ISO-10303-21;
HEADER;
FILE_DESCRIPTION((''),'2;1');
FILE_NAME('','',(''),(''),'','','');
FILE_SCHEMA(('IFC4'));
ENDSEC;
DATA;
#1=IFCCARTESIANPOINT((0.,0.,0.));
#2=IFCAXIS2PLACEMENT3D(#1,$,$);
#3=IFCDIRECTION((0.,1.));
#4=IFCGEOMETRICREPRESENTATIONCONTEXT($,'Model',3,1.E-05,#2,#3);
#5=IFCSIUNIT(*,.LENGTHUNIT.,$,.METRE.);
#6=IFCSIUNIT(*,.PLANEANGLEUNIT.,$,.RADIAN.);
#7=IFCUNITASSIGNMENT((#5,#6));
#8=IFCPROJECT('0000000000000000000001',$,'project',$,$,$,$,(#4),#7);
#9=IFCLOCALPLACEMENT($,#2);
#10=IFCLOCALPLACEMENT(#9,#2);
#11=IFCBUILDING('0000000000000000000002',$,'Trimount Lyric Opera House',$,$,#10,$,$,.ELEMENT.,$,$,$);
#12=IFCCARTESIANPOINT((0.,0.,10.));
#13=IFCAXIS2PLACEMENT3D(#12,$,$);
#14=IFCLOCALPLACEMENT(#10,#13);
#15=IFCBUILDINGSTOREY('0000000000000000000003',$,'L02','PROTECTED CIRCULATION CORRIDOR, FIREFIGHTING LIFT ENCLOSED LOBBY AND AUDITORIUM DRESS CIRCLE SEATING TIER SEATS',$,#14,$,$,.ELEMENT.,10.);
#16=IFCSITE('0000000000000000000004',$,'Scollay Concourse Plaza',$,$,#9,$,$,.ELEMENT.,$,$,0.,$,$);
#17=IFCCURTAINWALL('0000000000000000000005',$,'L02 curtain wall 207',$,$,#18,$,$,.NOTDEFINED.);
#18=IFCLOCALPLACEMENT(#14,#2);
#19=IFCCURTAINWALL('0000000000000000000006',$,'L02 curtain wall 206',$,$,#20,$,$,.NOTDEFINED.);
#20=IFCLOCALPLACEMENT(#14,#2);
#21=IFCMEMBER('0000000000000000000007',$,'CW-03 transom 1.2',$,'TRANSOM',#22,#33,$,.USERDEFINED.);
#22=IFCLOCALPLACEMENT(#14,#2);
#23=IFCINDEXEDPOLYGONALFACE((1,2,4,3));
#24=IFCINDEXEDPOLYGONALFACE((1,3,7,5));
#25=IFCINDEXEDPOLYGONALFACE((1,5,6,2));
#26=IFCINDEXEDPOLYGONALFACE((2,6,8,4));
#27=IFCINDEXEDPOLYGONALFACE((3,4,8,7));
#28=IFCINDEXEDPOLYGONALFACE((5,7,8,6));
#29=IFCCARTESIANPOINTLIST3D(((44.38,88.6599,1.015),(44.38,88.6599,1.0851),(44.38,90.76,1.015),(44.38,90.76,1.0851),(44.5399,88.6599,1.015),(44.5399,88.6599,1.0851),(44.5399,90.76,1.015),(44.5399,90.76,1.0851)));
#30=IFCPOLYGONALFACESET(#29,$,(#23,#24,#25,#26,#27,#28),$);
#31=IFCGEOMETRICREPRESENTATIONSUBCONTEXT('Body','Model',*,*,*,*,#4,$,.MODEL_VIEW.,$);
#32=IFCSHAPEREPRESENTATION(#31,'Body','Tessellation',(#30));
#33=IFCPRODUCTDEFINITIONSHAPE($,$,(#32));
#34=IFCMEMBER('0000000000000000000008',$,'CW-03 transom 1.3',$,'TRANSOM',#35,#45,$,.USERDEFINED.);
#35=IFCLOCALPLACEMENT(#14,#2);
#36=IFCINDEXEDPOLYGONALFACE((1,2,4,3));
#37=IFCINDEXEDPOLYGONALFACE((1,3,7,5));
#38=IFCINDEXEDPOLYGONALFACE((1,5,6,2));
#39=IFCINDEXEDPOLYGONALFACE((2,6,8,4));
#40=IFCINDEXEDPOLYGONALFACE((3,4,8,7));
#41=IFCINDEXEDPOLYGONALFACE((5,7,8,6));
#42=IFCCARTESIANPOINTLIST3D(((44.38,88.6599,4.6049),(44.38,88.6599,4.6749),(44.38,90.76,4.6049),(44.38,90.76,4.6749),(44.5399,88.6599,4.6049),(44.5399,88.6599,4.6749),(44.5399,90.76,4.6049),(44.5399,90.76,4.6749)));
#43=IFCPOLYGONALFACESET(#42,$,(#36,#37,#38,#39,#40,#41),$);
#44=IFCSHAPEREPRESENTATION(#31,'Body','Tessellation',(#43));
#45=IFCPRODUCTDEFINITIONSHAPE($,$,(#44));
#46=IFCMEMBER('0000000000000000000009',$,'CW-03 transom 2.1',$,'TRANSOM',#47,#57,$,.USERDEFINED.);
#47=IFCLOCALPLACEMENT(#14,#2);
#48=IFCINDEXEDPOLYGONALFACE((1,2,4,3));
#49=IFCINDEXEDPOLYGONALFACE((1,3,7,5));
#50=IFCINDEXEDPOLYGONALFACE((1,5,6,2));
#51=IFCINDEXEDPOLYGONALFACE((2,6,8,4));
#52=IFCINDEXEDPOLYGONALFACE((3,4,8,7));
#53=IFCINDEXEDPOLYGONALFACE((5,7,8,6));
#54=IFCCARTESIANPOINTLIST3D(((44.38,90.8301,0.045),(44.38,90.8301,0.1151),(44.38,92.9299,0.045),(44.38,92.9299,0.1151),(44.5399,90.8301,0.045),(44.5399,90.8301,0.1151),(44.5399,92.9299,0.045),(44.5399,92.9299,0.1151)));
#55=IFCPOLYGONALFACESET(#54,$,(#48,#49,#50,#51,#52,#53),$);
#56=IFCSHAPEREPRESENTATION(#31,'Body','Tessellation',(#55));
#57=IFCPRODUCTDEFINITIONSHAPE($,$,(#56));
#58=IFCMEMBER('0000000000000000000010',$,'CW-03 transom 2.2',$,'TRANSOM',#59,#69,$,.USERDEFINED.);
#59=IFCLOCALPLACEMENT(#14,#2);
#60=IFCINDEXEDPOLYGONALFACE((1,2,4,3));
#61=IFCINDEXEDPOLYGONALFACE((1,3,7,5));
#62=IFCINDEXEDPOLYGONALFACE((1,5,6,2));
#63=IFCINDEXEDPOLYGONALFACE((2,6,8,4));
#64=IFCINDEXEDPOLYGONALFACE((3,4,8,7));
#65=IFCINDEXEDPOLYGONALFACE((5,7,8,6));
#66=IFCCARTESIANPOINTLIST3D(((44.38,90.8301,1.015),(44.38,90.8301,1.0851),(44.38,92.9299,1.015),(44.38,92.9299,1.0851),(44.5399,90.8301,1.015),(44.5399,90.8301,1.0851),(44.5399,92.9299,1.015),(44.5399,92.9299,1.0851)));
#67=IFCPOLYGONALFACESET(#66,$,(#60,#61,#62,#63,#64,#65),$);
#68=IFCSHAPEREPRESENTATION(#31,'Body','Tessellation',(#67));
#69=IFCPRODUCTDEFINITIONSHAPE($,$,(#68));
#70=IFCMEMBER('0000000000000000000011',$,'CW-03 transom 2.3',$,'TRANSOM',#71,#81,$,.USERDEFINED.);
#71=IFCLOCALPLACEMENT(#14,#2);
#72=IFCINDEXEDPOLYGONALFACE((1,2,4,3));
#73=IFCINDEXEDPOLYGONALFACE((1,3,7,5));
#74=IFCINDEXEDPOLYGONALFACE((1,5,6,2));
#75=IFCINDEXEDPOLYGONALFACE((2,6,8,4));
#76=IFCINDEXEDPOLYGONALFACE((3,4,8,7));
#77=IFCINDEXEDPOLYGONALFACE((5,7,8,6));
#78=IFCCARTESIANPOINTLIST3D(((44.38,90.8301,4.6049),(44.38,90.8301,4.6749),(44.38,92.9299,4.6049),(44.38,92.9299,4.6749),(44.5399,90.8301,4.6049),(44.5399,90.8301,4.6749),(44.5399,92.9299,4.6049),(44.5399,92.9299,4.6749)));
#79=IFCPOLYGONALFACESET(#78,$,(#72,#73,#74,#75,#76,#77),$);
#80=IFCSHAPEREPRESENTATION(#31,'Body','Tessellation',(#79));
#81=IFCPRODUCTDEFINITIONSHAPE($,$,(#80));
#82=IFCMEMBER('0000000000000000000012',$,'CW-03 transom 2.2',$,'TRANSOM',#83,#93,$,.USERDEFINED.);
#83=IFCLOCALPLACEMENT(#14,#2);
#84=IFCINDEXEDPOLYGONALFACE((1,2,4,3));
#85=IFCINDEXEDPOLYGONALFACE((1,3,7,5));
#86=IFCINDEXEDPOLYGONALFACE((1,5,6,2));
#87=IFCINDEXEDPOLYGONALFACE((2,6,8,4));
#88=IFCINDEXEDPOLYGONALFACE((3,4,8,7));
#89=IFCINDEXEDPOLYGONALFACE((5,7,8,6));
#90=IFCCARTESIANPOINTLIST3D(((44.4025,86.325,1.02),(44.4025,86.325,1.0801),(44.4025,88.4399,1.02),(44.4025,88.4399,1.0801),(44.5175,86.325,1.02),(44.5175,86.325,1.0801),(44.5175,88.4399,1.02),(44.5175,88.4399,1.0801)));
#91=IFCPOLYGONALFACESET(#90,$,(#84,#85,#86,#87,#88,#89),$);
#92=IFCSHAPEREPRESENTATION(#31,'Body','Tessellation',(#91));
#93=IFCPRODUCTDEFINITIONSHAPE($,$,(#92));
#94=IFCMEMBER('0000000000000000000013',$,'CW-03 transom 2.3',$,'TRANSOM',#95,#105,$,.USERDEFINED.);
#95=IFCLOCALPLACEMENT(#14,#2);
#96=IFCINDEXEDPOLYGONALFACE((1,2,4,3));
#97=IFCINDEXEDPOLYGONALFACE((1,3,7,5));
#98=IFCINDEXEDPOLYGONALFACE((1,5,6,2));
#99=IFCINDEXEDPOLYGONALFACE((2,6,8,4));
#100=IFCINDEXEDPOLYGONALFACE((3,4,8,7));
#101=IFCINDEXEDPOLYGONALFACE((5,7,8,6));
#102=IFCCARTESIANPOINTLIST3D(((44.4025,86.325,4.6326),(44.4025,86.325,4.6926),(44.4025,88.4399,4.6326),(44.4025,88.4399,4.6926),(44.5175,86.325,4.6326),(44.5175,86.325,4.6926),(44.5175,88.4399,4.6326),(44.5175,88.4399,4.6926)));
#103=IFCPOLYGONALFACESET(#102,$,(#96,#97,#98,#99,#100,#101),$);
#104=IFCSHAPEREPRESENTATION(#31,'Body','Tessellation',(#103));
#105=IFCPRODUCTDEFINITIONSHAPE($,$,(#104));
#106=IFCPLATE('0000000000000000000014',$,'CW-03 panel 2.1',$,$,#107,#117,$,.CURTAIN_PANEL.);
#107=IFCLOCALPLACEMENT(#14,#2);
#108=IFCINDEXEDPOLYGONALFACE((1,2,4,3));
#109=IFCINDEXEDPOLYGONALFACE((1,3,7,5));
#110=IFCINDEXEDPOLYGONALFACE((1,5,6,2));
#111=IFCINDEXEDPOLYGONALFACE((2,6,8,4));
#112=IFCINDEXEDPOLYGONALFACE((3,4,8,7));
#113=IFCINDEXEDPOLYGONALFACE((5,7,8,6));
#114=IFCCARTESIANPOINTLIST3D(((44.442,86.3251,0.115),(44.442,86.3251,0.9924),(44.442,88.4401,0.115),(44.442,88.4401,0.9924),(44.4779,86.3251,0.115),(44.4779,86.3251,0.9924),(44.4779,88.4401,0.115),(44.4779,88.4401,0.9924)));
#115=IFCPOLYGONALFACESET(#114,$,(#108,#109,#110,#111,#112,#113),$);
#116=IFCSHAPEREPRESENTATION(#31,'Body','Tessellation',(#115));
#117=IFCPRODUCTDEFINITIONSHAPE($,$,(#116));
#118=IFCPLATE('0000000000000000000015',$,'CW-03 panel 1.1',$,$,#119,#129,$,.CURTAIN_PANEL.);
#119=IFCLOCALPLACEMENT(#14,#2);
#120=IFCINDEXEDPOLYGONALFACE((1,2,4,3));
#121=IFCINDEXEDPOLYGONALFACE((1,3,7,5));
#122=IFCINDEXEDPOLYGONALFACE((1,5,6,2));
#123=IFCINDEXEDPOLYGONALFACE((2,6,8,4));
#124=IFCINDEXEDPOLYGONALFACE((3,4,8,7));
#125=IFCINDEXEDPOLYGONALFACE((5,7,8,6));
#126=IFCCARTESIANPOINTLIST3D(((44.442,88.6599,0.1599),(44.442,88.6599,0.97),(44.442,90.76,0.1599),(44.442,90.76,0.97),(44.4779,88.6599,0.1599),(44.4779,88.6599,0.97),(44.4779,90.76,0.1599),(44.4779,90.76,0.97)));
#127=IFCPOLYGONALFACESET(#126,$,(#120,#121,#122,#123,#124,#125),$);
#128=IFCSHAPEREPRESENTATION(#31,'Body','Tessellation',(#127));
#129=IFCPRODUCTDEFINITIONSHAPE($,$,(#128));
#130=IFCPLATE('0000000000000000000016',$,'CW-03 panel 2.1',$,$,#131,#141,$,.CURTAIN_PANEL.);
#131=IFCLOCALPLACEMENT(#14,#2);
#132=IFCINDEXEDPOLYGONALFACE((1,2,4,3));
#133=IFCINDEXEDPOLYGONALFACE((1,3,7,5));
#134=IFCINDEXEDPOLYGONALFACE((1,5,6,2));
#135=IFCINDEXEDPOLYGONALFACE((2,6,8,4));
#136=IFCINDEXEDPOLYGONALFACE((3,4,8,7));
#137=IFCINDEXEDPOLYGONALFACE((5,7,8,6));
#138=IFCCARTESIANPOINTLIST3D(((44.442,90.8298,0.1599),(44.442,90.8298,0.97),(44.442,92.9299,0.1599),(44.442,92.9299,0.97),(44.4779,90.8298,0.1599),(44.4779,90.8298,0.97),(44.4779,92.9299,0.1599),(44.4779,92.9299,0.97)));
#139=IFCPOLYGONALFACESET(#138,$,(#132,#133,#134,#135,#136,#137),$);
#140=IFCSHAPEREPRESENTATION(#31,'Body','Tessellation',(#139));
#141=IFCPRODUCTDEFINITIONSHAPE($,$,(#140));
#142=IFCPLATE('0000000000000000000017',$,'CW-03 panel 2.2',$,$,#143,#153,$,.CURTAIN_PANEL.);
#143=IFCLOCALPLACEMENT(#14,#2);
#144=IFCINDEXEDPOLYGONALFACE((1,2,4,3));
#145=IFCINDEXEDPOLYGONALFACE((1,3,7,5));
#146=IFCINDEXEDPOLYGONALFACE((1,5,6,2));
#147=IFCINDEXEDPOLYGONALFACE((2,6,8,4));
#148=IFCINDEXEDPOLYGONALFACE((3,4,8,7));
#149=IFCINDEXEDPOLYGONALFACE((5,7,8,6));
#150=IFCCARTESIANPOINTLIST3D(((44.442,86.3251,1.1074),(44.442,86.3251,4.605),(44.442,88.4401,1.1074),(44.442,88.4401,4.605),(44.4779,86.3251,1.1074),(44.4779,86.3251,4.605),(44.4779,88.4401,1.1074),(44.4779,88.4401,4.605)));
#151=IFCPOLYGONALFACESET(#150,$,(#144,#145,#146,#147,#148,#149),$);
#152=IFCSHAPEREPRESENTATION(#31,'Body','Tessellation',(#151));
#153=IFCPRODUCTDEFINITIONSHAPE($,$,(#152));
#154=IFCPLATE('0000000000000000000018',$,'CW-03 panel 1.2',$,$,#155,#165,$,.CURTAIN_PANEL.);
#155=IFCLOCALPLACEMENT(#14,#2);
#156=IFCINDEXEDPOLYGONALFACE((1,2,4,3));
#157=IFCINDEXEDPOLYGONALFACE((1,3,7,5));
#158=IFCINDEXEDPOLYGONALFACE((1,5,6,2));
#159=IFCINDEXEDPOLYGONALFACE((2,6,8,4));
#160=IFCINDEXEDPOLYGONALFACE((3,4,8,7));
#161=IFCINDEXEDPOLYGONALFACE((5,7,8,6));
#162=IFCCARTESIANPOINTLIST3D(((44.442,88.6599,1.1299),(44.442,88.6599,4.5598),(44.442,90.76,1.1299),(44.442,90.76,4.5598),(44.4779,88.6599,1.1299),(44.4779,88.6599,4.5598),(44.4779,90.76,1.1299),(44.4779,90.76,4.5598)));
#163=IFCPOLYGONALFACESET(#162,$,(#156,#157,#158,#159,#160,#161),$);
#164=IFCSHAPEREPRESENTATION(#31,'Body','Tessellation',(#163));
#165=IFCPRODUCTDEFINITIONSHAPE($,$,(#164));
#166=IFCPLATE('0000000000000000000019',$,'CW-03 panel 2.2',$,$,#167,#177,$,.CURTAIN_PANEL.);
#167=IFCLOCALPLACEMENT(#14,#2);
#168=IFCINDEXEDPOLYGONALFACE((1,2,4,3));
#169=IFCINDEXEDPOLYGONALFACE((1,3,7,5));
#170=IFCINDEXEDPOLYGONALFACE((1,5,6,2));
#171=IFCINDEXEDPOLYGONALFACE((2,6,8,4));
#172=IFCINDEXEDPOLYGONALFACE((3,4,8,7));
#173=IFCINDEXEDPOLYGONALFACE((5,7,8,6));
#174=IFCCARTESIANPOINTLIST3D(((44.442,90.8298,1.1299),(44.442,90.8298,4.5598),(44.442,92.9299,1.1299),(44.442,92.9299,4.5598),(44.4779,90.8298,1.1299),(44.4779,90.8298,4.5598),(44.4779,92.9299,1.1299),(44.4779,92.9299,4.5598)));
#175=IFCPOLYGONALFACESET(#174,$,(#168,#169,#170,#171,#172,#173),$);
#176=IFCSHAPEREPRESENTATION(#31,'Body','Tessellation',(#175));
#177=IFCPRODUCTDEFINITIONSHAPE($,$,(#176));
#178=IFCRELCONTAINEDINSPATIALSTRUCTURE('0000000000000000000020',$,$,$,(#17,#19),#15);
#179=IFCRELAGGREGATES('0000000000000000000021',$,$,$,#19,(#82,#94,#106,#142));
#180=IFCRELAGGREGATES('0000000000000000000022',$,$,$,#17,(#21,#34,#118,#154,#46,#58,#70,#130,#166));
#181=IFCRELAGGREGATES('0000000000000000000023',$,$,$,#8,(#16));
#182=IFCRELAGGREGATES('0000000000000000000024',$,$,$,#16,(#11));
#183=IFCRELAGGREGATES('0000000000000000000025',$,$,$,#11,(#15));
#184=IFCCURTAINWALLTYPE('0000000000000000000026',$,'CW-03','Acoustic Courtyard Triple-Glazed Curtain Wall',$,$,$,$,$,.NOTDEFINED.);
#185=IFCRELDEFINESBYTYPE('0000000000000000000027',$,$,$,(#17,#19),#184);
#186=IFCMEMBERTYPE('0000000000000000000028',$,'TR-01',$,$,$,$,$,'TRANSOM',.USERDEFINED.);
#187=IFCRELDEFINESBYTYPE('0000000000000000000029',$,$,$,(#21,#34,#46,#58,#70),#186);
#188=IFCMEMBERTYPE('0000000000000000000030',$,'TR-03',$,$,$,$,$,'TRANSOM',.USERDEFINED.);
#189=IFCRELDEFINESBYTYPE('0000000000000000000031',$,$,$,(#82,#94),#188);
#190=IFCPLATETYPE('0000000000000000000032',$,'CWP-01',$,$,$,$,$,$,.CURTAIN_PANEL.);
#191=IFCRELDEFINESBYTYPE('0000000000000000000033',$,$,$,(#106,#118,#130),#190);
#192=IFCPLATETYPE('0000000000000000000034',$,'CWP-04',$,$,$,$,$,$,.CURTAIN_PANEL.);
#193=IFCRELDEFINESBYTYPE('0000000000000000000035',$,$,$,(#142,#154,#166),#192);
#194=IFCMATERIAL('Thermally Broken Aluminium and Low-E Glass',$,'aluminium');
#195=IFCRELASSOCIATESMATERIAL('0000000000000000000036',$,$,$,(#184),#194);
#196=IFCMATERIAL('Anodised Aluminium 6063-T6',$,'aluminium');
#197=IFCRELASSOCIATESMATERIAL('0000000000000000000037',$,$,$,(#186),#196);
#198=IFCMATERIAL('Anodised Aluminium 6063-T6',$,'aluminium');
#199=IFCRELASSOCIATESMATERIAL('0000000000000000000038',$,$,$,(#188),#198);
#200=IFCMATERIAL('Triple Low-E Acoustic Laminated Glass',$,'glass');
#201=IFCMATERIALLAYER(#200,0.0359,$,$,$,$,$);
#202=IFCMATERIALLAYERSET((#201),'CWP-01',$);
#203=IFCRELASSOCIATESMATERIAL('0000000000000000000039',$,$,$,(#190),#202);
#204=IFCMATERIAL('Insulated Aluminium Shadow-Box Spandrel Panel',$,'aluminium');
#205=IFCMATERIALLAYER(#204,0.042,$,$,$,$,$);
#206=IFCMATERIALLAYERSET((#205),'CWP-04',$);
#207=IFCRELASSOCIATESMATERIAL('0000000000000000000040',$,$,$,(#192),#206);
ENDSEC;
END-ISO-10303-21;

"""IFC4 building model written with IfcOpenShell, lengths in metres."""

from ifc_helpers import new_model, si_unit, direction, frame, origin, origin_2d, place, context, subcontext, project, spatial, rectangle, extrude, material, layer, layer_set, material_profile, profile_set, type_object, element, aggregate, save


model = new_model("IFC4")

# Units and contexts
model_context = context("Model", 3, precision=1e-05, world=origin(), true_north=direction((0.0, 1.0)))
body_context = subcontext(model_context, "Body", "Model", "MODEL_VIEW")
ifc_project = project(units=[si_unit("LENGTHUNIT", "METRE"), si_unit("PLANEANGLEUNIT", "RADIAN")], contexts=[model_context])

# Site, building, storey
site_placement = place(None, origin())
site = spatial("IfcSite", under=ifc_project, at=site_placement, Name="Scollay Concourse Plaza", CompositionType="ELEMENT", RefElevation=0.0)
building_placement = place(site_placement, origin())
building = spatial("IfcBuilding", under=site, at=building_placement, Name="Trimount Lyric Opera House", CompositionType="ELEMENT")
storey_placement = place(building_placement, frame((0.0, 0.0, 10.0)))
storey = spatial("IfcBuildingStorey", under=building, at=storey_placement, Name="L02", Description="PROTECTED CIRCULATION CORRIDOR, FIREFIGHTING LIFT ENCLOSED LOBBY AND AUDITORIUM DRESS CIRCLE SEATING TIER SEATS", CompositionType="ELEMENT", Elevation=10.0)

# Curtain wall
ifc_material_1 = material(Name="Thermally Broken Aluminium and Low-E Glass", Category="aluminium")
curtain_wall_type = type_object("IfcCurtainWallType", Name="CW-03", Description="Acoustic Courtyard Triple-Glazed Curtain Wall", PredefinedType="NOTDEFINED", material=ifc_material_1)
curtain_wall_1_placement = place(storey_placement, origin())
curtain_wall_1 = element("IfcCurtainWall", 1, at=curtain_wall_1_placement, inside=storey, type_object=curtain_wall_type, Name="L02 curtain wall 207", PredefinedType="NOTDEFINED")

# Curtain wall
curtain_wall_2_placement = place(storey_placement, origin())
curtain_wall_2 = element("IfcCurtainWall", 2, at=curtain_wall_2_placement, inside=storey, type_object=curtain_wall_type, Name="L02 curtain wall 206", PredefinedType="NOTDEFINED")

# Members
ifc_material_2 = material(Name="Anodised Aluminium 6063-T6", Category="aluminium")
ifc_material_profile_1 = material_profile(ifc_material_2, rectangle(XDim=0.1599, YDim=0.0701, at=origin_2d()), Name="ALU-TRAN-70X160")
ifc_profile_set_1 = profile_set([ifc_material_profile_1], Name="Anodised Aluminium 6063-T6")
member_type_1 = type_object("IfcMemberType", Name="TR-01", ElementType="TRANSOM", PredefinedType="USERDEFINED", material=ifc_profile_set_1)
member_1_placement = place(storey_placement, frame((44.46, 88.6599, 1.05), z_axis=(0.0, 1.0, 0.0), x_axis=(-1.0, 0.0, 0.0)))
member_1 = element("IfcMember", 3, at=member_1_placement, type_object=member_type_1, Name="CW-03 transom 1.2", ObjectType="TRANSOM", PredefinedType="USERDEFINED", context=body_context, shape_type="SweptSolid", body=[
    extrude(rectangle(XDim=0.1599, YDim=0.0701, at=origin_2d()), origin(), (0.0, 0.0, 1.0), 2.1001),
])
member_2_placement = place(storey_placement, frame((44.46, 88.6599, 4.6399), z_axis=(0.0, 1.0, 0.0), x_axis=(-1.0, 0.0, 0.0)))
member_2 = element("IfcMember", 4, at=member_2_placement, type_object=member_type_1, Name="CW-03 transom 1.3", ObjectType="TRANSOM", PredefinedType="USERDEFINED", context=body_context, shape_type="SweptSolid", body=[
    extrude(rectangle(XDim=0.1599, YDim=0.0701, at=origin_2d()), origin(), (0.0, 0.0, 1.0), 2.1001),
])
member_3_placement = place(storey_placement, frame((44.46, 90.8301, 0.0801), z_axis=(0.0, 1.0, 0.0), x_axis=(-1.0, 0.0, 0.0)))
member_3 = element("IfcMember", 5, at=member_3_placement, type_object=member_type_1, Name="CW-03 transom 2.1", ObjectType="TRANSOM", PredefinedType="USERDEFINED", context=body_context, shape_type="SweptSolid", body=[
    extrude(rectangle(XDim=0.1599, YDim=0.0701, at=origin_2d()), origin(), (0.0, 0.0, 1.0), 2.0999),
])
member_4_placement = place(storey_placement, frame((44.46, 90.8301, 1.05), z_axis=(0.0, 1.0, 0.0), x_axis=(-1.0, 0.0, 0.0)))
member_4 = element("IfcMember", 6, at=member_4_placement, type_object=member_type_1, Name="CW-03 transom 2.2", ObjectType="TRANSOM", PredefinedType="USERDEFINED", context=body_context, shape_type="SweptSolid", body=[
    extrude(rectangle(XDim=0.1599, YDim=0.0701, at=origin_2d()), origin(), (0.0, 0.0, 1.0), 2.0999),
])
member_5_placement = place(storey_placement, frame((44.46, 90.8301, 4.6399), z_axis=(0.0, 1.0, 0.0), x_axis=(-1.0, 0.0, 0.0)))
member_5 = element("IfcMember", 7, at=member_5_placement, type_object=member_type_1, Name="CW-03 transom 2.3", ObjectType="TRANSOM", PredefinedType="USERDEFINED", context=body_context, shape_type="SweptSolid", body=[
    extrude(rectangle(XDim=0.1599, YDim=0.0701, at=origin_2d()), origin(), (0.0, 0.0, 1.0), 2.0999),
])
ifc_material_3 = material(Name="Anodised Aluminium 6063-T6", Category="aluminium")
ifc_material_profile_2 = material_profile(ifc_material_3, rectangle(XDim=0.115, YDim=0.0601, at=origin_2d()), Name="ALU-TRAN-60X115")
ifc_profile_set_2 = profile_set([ifc_material_profile_2], Name="Anodised Aluminium 6063-T6")
member_type_2 = type_object("IfcMemberType", Name="TR-03", ElementType="TRANSOM", PredefinedType="USERDEFINED", material=ifc_profile_set_2)
member_6_placement = place(storey_placement, frame((44.46, 86.325, 1.05), z_axis=(0.0, 1.0, 0.0), x_axis=(-1.0, 0.0, 0.0)))
member_6 = element("IfcMember", 8, at=member_6_placement, type_object=member_type_2, Name="CW-03 transom 2.2", ObjectType="TRANSOM", PredefinedType="USERDEFINED", context=body_context, shape_type="SweptSolid", body=[
    extrude(rectangle(XDim=0.115, YDim=0.0601, at=origin_2d()), origin(), (0.0, 0.0, 1.0), 2.115),
])
member_7_placement = place(storey_placement, frame((44.46, 86.325, 4.6626), z_axis=(0.0, 1.0, 0.0), x_axis=(-1.0, 0.0, 0.0)))
member_7 = element("IfcMember", 9, at=member_7_placement, type_object=member_type_2, Name="CW-03 transom 2.3", ObjectType="TRANSOM", PredefinedType="USERDEFINED", context=body_context, shape_type="SweptSolid", body=[
    extrude(rectangle(XDim=0.115, YDim=0.0601, at=origin_2d()), origin(), (0.0, 0.0, 1.0), 2.115),
])

# Plates
ifc_material_4 = material(Name="Triple Low-E Acoustic Laminated Glass", Category="glass")
ifc_layer_1 = layer(ifc_material_4, 0.0359)
ifc_layer_set_1 = layer_set([ifc_layer_1], Name="CWP-01")
plate_type_1 = type_object("IfcPlateType", Name="CWP-01", PredefinedType="CURTAIN_PANEL", material=ifc_layer_set_1)
plate_1_placement = place(storey_placement, frame((44.46, 87.3826, 0.115), z_axis=(0.0, 0.0, 1.0), x_axis=(0.0, 1.0, 0.0)))
plate_1 = element("IfcPlate", 10, at=plate_1_placement, type_object=plate_type_1, Name="CW-03 panel 2.1", PredefinedType="CURTAIN_PANEL", context=body_context, shape_type="SweptSolid", body=[
    extrude(rectangle(XDim=2.115, YDim=0.0359, at=origin_2d()), origin(), (0.0, 0.0, 1.0), 0.8774),
])
plate_2_placement = place(storey_placement, frame((44.46, 89.71, 0.1599), z_axis=(0.0, 0.0, 1.0), x_axis=(0.0, 1.0, 0.0)))
plate_2 = element("IfcPlate", 11, at=plate_2_placement, type_object=plate_type_1, Name="CW-03 panel 1.1", PredefinedType="CURTAIN_PANEL", context=body_context, shape_type="SweptSolid", body=[
    extrude(rectangle(XDim=2.1001, YDim=0.0359, at=origin_2d()), origin(), (0.0, 0.0, 1.0), 0.8101),
])
plate_3_placement = place(storey_placement, frame((44.46, 91.8799, 0.1599), z_axis=(0.0, 0.0, 1.0), x_axis=(0.0, 1.0, 0.0)))
plate_3 = element("IfcPlate", 12, at=plate_3_placement, type_object=plate_type_1, Name="CW-03 panel 2.1", PredefinedType="CURTAIN_PANEL", context=body_context, shape_type="SweptSolid", body=[
    extrude(rectangle(XDim=2.1001, YDim=0.0359, at=origin_2d()), origin(), (0.0, 0.0, 1.0), 0.8101),
])
ifc_material_5 = material(Name="Insulated Aluminium Shadow-Box Spandrel Panel", Category="aluminium")
ifc_layer_2 = layer(ifc_material_5, 0.042)
ifc_layer_set_2 = layer_set([ifc_layer_2], Name="CWP-04")
plate_type_2 = type_object("IfcPlateType", Name="CWP-04", PredefinedType="CURTAIN_PANEL", material=ifc_layer_set_2)
plate_4_placement = place(storey_placement, frame((44.46, 87.3826, 1.1074), z_axis=(0.0, 0.0, 1.0), x_axis=(0.0, 1.0, 0.0)))
plate_4 = element("IfcPlate", 13, at=plate_4_placement, type_object=plate_type_2, Name="CW-03 panel 2.2", PredefinedType="CURTAIN_PANEL", context=body_context, shape_type="SweptSolid", body=[
    extrude(rectangle(XDim=2.115, YDim=0.0359, at=origin_2d()), origin(), (0.0, 0.0, 1.0), 3.4976),
])
aggregate(curtain_wall_2, [member_6, member_7, plate_1, plate_4])
plate_5_placement = place(storey_placement, frame((44.46, 89.71, 1.1299), z_axis=(0.0, 0.0, 1.0), x_axis=(0.0, 1.0, 0.0)))
plate_5 = element("IfcPlate", 14, at=plate_5_placement, type_object=plate_type_2, Name="CW-03 panel 1.2", PredefinedType="CURTAIN_PANEL", context=body_context, shape_type="SweptSolid", body=[
    extrude(rectangle(XDim=2.1001, YDim=0.0359, at=origin_2d()), origin(), (0.0, 0.0, 1.0), 3.4299),
])
plate_6_placement = place(storey_placement, frame((44.46, 91.8799, 1.1299), z_axis=(0.0, 0.0, 1.0), x_axis=(0.0, 1.0, 0.0)))
plate_6 = element("IfcPlate", 15, at=plate_6_placement, type_object=plate_type_2, Name="CW-03 panel 2.2", PredefinedType="CURTAIN_PANEL", context=body_context, shape_type="SweptSolid", body=[
    extrude(rectangle(XDim=2.1001, YDim=0.0359, at=origin_2d()), origin(), (0.0, 0.0, 1.0), 3.4299),
])
aggregate(curtain_wall_1, [member_1, member_2, plate_2, plate_5, member_3, member_4, member_5, plate_3, plate_6])

save(model, "model.ifc")
